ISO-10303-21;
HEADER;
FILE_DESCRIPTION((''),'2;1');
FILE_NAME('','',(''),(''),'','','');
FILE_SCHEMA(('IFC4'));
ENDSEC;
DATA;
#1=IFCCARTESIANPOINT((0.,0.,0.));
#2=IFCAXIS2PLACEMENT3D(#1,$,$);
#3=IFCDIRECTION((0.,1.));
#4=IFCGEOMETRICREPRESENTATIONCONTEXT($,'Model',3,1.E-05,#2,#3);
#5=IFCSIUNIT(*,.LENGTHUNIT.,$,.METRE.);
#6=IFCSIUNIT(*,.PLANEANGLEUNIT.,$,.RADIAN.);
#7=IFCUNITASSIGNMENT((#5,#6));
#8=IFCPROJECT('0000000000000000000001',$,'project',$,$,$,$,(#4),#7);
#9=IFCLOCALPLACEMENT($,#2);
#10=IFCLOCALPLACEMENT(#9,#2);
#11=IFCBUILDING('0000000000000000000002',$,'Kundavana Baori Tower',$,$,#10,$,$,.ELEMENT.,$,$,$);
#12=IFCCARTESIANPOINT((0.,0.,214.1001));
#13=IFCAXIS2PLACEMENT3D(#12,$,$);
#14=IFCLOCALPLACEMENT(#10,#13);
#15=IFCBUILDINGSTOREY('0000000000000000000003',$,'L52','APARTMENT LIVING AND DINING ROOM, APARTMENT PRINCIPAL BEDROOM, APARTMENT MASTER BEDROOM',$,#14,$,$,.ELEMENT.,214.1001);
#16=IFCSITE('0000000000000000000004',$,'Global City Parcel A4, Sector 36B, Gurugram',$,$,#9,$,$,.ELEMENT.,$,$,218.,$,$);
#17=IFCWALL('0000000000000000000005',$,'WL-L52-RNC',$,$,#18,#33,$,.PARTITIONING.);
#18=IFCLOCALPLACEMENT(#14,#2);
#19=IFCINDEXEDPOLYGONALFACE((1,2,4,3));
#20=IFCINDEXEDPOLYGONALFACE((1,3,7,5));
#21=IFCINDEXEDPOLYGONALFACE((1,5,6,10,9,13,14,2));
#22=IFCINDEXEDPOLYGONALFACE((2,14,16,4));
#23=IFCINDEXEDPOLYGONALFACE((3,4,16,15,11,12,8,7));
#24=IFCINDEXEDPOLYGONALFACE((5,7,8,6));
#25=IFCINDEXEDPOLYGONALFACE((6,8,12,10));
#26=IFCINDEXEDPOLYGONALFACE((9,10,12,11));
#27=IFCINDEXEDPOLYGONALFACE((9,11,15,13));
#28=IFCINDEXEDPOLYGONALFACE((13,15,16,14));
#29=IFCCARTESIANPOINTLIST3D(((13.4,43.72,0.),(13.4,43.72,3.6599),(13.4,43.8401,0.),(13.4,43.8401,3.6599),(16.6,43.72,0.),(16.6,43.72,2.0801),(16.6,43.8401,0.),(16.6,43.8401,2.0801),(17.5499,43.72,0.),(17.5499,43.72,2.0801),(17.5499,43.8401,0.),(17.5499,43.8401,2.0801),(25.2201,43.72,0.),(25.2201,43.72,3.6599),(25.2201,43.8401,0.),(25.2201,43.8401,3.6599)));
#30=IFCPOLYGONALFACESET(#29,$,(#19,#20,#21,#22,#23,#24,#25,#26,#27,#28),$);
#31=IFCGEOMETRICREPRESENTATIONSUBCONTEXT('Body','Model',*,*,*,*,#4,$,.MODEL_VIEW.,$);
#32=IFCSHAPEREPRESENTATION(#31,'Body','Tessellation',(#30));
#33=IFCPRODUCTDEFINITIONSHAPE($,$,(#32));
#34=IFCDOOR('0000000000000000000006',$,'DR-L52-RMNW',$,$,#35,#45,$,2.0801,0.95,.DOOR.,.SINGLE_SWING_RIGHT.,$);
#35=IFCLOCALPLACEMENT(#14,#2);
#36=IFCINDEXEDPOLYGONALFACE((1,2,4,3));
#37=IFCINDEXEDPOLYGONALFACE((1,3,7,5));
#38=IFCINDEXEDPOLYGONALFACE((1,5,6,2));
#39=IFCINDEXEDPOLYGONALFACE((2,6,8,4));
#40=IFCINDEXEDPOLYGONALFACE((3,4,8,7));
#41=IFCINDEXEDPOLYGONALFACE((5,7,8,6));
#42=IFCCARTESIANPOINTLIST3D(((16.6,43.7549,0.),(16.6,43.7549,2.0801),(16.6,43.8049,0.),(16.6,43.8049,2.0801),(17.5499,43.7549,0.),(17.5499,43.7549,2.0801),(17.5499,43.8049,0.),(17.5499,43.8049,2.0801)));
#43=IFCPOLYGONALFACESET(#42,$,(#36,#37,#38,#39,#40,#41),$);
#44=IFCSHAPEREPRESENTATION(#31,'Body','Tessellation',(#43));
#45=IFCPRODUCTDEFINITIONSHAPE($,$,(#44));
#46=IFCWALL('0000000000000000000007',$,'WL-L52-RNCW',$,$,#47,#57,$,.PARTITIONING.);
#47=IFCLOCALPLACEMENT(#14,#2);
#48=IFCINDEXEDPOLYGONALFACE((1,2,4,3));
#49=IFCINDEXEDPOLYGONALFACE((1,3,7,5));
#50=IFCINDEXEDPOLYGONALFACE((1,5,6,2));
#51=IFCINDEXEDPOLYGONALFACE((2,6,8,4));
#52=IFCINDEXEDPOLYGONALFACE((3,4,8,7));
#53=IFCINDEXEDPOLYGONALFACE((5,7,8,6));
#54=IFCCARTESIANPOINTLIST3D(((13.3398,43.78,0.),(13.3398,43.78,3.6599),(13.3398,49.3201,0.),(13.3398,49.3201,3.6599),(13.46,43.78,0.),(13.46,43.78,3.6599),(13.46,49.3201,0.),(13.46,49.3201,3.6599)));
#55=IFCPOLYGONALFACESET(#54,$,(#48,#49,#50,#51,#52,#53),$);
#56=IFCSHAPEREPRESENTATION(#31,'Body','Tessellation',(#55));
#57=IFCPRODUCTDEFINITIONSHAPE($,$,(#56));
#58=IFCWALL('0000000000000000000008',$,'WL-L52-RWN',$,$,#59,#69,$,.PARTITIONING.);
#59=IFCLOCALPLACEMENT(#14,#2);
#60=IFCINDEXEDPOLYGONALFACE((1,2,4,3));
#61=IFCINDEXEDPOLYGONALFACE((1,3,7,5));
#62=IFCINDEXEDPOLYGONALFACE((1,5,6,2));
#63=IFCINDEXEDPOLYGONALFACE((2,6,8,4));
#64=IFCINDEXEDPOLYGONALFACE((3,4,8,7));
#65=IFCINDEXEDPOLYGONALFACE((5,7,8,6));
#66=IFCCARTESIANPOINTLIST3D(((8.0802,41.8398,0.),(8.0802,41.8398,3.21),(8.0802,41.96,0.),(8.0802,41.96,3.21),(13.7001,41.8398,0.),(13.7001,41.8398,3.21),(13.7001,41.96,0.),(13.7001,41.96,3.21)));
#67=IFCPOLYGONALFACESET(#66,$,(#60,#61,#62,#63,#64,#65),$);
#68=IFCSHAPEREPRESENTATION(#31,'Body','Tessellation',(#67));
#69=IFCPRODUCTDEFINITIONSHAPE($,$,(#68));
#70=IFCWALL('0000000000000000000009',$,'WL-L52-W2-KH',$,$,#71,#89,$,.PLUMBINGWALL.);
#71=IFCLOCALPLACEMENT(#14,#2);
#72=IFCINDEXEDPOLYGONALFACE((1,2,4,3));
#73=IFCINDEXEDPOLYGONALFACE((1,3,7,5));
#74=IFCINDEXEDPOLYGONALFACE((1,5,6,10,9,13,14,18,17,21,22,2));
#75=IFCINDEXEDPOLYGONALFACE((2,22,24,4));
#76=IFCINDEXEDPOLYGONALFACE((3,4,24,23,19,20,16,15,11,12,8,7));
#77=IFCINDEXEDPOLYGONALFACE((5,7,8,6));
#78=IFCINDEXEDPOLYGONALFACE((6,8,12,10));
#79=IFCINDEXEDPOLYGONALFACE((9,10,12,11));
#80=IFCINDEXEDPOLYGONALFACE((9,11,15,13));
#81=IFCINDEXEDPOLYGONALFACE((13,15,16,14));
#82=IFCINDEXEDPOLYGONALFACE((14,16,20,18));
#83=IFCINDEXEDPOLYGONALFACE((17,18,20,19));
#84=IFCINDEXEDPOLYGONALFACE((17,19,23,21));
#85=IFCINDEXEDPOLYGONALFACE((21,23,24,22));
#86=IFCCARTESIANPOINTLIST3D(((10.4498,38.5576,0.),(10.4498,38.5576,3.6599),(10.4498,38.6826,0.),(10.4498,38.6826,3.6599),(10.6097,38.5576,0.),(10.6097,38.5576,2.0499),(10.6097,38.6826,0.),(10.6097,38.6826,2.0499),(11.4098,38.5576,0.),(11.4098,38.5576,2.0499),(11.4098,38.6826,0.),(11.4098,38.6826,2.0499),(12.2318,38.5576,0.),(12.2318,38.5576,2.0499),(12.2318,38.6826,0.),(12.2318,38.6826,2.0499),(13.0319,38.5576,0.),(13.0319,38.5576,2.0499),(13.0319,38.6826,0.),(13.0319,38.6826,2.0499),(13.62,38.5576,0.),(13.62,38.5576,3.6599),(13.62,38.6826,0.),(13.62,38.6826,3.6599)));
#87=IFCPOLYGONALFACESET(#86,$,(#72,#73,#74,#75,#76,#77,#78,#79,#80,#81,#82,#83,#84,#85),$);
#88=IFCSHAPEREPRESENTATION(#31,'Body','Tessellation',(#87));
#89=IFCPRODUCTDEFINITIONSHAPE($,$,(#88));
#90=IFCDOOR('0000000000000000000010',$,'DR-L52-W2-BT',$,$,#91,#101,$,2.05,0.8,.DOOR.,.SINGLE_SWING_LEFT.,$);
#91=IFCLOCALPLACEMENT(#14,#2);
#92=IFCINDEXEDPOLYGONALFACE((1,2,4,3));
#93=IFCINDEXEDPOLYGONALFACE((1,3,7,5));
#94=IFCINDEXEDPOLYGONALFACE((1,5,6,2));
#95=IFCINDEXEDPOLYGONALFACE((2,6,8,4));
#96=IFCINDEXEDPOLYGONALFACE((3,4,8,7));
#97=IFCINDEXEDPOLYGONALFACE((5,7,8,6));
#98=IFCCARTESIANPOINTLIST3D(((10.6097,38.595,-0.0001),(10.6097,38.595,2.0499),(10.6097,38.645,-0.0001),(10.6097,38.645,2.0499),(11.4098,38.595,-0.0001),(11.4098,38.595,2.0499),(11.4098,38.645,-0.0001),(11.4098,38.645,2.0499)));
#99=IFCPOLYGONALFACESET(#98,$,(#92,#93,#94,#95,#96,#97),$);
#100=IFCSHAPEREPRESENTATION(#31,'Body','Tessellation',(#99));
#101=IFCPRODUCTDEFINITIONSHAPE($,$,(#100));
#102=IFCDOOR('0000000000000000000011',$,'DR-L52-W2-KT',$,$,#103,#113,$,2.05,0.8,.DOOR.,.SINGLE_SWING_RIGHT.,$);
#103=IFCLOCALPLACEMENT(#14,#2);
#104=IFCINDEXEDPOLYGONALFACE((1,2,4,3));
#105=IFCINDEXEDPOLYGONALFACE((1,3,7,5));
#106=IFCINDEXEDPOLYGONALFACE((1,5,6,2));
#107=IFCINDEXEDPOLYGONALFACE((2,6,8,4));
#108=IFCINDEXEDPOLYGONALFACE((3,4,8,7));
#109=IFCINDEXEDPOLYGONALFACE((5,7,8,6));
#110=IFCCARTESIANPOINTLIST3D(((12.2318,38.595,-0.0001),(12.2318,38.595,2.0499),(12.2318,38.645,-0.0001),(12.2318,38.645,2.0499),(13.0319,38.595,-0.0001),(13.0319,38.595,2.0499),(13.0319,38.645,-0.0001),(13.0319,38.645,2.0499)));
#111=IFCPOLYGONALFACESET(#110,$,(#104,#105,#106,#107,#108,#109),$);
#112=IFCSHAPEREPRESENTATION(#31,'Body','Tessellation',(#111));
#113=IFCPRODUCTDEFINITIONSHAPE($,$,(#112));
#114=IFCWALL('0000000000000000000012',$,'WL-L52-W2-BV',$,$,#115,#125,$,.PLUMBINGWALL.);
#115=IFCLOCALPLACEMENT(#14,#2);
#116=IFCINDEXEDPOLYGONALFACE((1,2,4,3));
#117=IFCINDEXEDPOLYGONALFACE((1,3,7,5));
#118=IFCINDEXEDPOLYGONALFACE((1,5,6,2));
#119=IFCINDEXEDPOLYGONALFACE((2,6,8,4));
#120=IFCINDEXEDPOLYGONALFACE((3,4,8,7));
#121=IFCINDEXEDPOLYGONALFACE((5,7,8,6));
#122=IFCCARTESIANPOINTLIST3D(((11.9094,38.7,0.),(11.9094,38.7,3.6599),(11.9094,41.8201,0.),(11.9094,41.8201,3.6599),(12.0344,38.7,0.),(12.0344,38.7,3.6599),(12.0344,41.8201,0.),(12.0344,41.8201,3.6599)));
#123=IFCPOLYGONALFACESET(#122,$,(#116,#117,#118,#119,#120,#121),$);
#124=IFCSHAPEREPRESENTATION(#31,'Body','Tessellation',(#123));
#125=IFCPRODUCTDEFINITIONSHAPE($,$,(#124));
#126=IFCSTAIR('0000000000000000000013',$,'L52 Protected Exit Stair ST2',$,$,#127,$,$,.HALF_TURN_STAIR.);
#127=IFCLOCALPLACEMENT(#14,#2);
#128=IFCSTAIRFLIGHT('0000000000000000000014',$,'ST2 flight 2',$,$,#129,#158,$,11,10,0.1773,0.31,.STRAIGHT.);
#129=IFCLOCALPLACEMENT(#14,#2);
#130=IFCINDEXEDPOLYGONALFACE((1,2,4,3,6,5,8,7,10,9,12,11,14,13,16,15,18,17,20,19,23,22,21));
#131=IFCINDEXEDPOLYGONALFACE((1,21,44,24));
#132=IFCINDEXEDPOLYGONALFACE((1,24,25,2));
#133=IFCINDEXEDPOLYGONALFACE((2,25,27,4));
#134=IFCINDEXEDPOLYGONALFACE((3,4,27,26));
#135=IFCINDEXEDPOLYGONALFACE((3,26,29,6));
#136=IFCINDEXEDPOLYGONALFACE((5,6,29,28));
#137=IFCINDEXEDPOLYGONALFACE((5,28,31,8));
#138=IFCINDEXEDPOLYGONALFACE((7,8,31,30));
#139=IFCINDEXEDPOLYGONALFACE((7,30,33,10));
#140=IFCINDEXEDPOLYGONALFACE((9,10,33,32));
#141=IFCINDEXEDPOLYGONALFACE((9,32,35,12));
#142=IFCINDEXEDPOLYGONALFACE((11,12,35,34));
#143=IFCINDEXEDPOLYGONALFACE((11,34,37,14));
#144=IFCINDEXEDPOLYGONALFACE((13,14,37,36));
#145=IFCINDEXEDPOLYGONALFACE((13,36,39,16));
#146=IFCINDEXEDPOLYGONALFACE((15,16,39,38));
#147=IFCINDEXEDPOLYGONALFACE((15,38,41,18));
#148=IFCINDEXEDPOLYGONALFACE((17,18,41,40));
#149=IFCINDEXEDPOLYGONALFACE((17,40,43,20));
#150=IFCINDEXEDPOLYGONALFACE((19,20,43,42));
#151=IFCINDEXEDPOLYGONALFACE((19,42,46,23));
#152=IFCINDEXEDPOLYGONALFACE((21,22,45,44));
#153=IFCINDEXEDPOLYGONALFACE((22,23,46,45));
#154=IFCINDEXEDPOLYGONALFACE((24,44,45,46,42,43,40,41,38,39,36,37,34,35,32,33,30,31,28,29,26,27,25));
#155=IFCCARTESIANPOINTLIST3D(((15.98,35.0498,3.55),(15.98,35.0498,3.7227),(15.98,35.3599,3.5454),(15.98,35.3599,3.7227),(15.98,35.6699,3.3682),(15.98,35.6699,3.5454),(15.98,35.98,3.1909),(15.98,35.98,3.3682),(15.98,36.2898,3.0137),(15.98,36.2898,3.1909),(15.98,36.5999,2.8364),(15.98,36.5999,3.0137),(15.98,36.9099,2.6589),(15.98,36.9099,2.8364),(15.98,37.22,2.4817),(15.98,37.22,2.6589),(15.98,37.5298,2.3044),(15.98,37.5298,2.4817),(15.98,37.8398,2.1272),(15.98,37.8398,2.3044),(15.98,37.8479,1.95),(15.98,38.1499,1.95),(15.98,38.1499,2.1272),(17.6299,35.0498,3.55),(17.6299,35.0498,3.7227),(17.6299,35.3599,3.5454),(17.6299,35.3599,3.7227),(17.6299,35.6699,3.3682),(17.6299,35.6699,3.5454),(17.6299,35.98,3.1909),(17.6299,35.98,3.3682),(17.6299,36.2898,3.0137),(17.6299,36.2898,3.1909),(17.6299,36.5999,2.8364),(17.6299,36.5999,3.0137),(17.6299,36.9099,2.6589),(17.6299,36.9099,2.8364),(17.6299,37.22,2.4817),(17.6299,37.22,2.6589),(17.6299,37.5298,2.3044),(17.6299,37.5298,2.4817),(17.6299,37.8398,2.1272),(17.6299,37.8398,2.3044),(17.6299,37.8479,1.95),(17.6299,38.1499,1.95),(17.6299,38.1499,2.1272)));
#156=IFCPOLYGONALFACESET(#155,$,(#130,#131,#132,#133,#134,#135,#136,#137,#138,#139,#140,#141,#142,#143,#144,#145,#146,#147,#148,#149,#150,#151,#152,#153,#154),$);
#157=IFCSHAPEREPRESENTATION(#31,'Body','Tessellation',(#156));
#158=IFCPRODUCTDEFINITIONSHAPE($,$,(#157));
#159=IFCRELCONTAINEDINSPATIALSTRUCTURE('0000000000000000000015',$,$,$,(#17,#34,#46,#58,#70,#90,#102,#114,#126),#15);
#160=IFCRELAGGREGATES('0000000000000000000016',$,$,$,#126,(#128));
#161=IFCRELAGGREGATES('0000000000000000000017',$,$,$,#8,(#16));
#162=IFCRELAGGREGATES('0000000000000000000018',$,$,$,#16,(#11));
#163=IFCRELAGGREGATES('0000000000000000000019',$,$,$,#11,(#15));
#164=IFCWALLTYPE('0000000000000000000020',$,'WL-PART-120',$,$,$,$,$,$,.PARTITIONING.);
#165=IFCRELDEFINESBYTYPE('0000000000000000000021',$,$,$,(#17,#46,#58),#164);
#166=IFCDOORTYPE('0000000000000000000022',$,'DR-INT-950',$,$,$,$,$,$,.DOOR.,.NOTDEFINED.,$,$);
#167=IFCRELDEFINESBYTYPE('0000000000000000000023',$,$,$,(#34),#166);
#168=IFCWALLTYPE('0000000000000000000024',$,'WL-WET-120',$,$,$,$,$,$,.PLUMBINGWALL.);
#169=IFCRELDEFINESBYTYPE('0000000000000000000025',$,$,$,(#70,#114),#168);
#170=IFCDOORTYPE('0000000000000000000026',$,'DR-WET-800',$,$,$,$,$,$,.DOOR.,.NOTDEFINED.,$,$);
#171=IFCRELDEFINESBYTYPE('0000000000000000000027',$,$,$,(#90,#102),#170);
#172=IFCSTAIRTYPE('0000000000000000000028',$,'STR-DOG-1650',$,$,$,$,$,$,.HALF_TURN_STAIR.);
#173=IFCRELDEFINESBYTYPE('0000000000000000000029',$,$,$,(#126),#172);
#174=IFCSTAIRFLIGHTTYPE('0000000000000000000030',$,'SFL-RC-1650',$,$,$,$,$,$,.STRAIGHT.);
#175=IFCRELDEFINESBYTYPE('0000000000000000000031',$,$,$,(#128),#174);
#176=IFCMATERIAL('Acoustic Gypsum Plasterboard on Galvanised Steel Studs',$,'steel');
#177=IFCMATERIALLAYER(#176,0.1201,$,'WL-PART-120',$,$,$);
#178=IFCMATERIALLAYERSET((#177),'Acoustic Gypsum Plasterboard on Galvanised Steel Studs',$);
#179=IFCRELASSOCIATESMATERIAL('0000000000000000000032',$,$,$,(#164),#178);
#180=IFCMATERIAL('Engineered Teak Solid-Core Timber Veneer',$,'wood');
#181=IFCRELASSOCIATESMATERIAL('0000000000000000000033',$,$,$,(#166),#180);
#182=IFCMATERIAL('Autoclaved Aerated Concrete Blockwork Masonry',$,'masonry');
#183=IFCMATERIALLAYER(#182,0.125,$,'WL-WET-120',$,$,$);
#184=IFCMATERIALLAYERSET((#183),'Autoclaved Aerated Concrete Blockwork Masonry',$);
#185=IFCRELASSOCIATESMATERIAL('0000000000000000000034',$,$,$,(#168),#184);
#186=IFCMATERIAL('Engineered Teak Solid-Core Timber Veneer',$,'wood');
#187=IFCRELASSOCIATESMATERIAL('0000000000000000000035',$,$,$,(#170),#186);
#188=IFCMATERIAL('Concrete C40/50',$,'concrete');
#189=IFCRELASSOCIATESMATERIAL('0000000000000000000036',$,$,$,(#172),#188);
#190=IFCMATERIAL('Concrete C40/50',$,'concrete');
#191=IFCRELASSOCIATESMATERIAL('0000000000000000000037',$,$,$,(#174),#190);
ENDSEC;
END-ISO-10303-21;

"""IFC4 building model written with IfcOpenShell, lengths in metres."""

from ifc_helpers import new_model, si_unit, direction, frame, frame_2d, origin, place, context, subcontext, project, spatial, polyline, rectangle, outline, extrude, material, layer, layer_set, type_object, element, fill, aggregate, save


model = new_model("IFC4")

# Units and contexts
model_context = context("Model", 3, precision=1e-05, world=origin(), true_north=direction((0.0, 1.0)))
body_context = subcontext(model_context, "Body", "Model", "MODEL_VIEW")
ifc_project = project(units=[si_unit("LENGTHUNIT", "METRE"), si_unit("PLANEANGLEUNIT", "RADIAN")], contexts=[model_context])

# Site, building, storey
site_placement = place(None, origin())
site = spatial("IfcSite", under=ifc_project, at=site_placement, Name="Global City Parcel A4, Sector 36B, Gurugram", CompositionType="ELEMENT", RefElevation=218.0)
building_placement = place(site_placement, origin())
building = spatial("IfcBuilding", under=site, at=building_placement, Name="Kundavana Baori Tower", CompositionType="ELEMENT")
storey_placement = place(building_placement, frame((0.0, 0.0, 214.1001)))
storey = spatial("IfcBuildingStorey", under=building, at=storey_placement, Name="L52", Description="APARTMENT LIVING AND DINING ROOM, APARTMENT PRINCIPAL BEDROOM, APARTMENT MASTER BEDROOM", CompositionType="ELEMENT", Elevation=214.1001)

# Wall, opening, door
ifc_material_1 = material(Name="Acoustic Gypsum Plasterboard on Galvanised Steel Studs", Category="steel")
ifc_layer_1 = layer(ifc_material_1, 0.1201, Name="WL-PART-120")
ifc_layer_set_1 = layer_set([ifc_layer_1], Name="Acoustic Gypsum Plasterboard on Galvanised Steel Studs")
wall_type_1 = type_object("IfcWallType", Name="WL-PART-120", PredefinedType="PARTITIONING", material=ifc_layer_set_1)
wall_1_placement = place(storey_placement, frame((13.3999, 43.78, 0.0), z_axis=(0.0, 0.0, 1.0), x_axis=(1.0, 0.0, 0.0)))
wall_1 = element("IfcWall", 1, at=wall_1_placement, inside=storey, type_object=wall_type_1, Name="WL-L52-RNC", PredefinedType="PARTITIONING", context=body_context, shape_type="SweptSolid", body=[
    extrude(rectangle(XDim=11.8201, YDim=0.1201, at=frame_2d((5.9102, 0.0))), origin(), (0.0, 0.0, 1.0), 3.6599),
])
opening_1_placement = place(wall_1_placement, frame((3.2, 0.0, 0.0)))
opening_1 = element("IfcOpeningElement", 2, at=opening_1_placement, cuts=wall_1, PredefinedType="OPENING", context=body_context, shape_type="SweptSolid", body=[
    extrude(rectangle(XDim=0.95, YDim=2.0801, at=frame_2d((0.4751, 1.04))), frame((0.0, 0.0701, 0.0), z_axis=(0.0, -1.0, 0.0), x_axis=(1.0, 0.0, 0.0)), (0.0, 0.0, 1.0), 0.1401),
])
ifc_material_2 = material(Name="Engineered Teak Solid-Core Timber Veneer", Category="wood")
door_type_1 = type_object("IfcDoorType", Name="DR-INT-950", OperationType="NOTDEFINED", PredefinedType="DOOR", material=ifc_material_2)
door_1_placement = place(opening_1_placement, origin())
door_1 = element("IfcDoor", 3, at=door_1_placement, inside=storey, type_object=door_type_1, Name="DR-L52-RMNW", OperationType="SINGLE_SWING_RIGHT", OverallHeight=2.0801, OverallWidth=0.95, PredefinedType="DOOR", context=body_context, shape_type="SweptSolid", body=[
    extrude(rectangle(XDim=0.95, YDim=2.0801, at=frame_2d((0.4751, 1.04))), frame((0.0, 0.0249, 0.0), z_axis=(0.0, -1.0, 0.0), x_axis=(1.0, 0.0, 0.0)), (0.0, 0.0, 1.0), 0.05),
])
fill(opening_1, door_1)

# Walls
wall_2_placement = place(storey_placement, frame((13.3999, 43.78, 0.0), z_axis=(0.0, 0.0, 1.0), x_axis=(0.0, 1.0, 0.0)))
element("IfcWall", 4, at=wall_2_placement, inside=storey, type_object=wall_type_1, Name="WL-L52-RNCW", PredefinedType="PARTITIONING", context=body_context, shape_type="SweptSolid", body=[
    extrude(rectangle(XDim=5.54, YDim=0.1201, at=frame_2d((2.77, 0.0))), origin(), (0.0, 0.0, 1.0), 3.6599),
])
wall_3_placement = place(storey_placement, frame((8.0801, 41.8999, 0.0), z_axis=(0.0, 0.0, 1.0), x_axis=(1.0, 0.0, 0.0)))
element("IfcWall", 5, at=wall_3_placement, inside=storey, type_object=wall_type_1, Name="WL-L52-RWN", PredefinedType="PARTITIONING", context=body_context, shape_type="SweptSolid", body=[
    extrude(rectangle(XDim=5.6199, YDim=0.1201, at=frame_2d((2.8101, 0.0))), origin(), (0.0, 0.0, 1.0), 3.21),
])

# Wall, openings, doors
ifc_material_3 = material(Name="Autoclaved Aerated Concrete Blockwork Masonry", Category="masonry")
ifc_layer_2 = layer(ifc_material_3, 0.125, Name="WL-WET-120")
ifc_layer_set_2 = layer_set([ifc_layer_2], Name="Autoclaved Aerated Concrete Blockwork Masonry")
wall_type_2 = type_object("IfcWallType", Name="WL-WET-120", PredefinedType="PLUMBINGWALL", material=ifc_layer_set_2)
wall_4_placement = place(storey_placement, frame((10.45, 38.6201, 0.0), z_axis=(0.0, 0.0, 1.0), x_axis=(1.0, 0.0, 0.0)))
wall_4 = element("IfcWall", 6, at=wall_4_placement, inside=storey, type_object=wall_type_2, Name="WL-L52-W2-KH", PredefinedType="PLUMBINGWALL", context=body_context, shape_type="SweptSolid", body=[
    extrude(rectangle(XDim=3.1702, YDim=0.125, at=frame_2d((1.585, 0.0))), origin(), (0.0, 0.0, 1.0), 3.6599),
])
opening_2_placement = place(wall_4_placement, frame((0.1599, 0.0, 0.0)))
opening_2 = element("IfcOpeningElement", 7, at=opening_2_placement, cuts=wall_4, PredefinedType="OPENING", context=body_context, shape_type="SweptSolid", body=[
    extrude(rectangle(XDim=0.8, YDim=2.05, at=frame_2d((0.3999, 1.0249))), frame((0.0, 0.0725, 0.0), z_axis=(0.0, -1.0, 0.0), x_axis=(1.0, 0.0, 0.0)), (0.0, 0.0, 1.0), 0.145),
])
opening_3_placement = place(wall_4_placement, frame((1.782, 0.0, 0.0)))
opening_3 = element("IfcOpeningElement", 8, at=opening_3_placement, cuts=wall_4, PredefinedType="OPENING", context=body_context, shape_type="SweptSolid", body=[
    extrude(rectangle(XDim=0.8, YDim=2.05, at=frame_2d((0.3999, 1.0249))), frame((0.0, 0.0725, 0.0), z_axis=(0.0, -1.0, 0.0), x_axis=(1.0, 0.0, 0.0)), (0.0, 0.0, 1.0), 0.145),
])
ifc_material_4 = material(Name="Engineered Teak Solid-Core Timber Veneer", Category="wood")
door_type_2 = type_object("IfcDoorType", Name="DR-WET-800", OperationType="NOTDEFINED", PredefinedType="DOOR", material=ifc_material_4)
door_2_placement = place(opening_2_placement, origin())
door_2 = element("IfcDoor", 9, at=door_2_placement, inside=storey, type_object=door_type_2, Name="DR-L52-W2-BT", OperationType="SINGLE_SWING_LEFT", OverallHeight=2.05, OverallWidth=0.8, PredefinedType="DOOR", context=body_context, shape_type="SweptSolid", body=[
    extrude(rectangle(XDim=0.8, YDim=2.05, at=frame_2d((0.3999, 1.0249))), frame((0.0, 0.0249, 0.0), z_axis=(0.0, -1.0, 0.0), x_axis=(1.0, 0.0, 0.0)), (0.0, 0.0, 1.0), 0.05),
])
fill(opening_2, door_2)
door_3_placement = place(opening_3_placement, origin())
door_3 = element("IfcDoor", 10, at=door_3_placement, inside=storey, type_object=door_type_2, Name="DR-L52-W2-KT", OperationType="SINGLE_SWING_RIGHT", OverallHeight=2.05, OverallWidth=0.8, PredefinedType="DOOR", context=body_context, shape_type="SweptSolid", body=[
    extrude(rectangle(XDim=0.8, YDim=2.05, at=frame_2d((0.3999, 1.0249))), frame((0.0, 0.0249, 0.0), z_axis=(0.0, -1.0, 0.0), x_axis=(1.0, 0.0, 0.0)), (0.0, 0.0, 1.0), 0.05),
])
fill(opening_3, door_3)

# Wall
wall_5_placement = place(storey_placement, frame((11.9719, 38.7, 0.0), z_axis=(0.0, 0.0, 1.0), x_axis=(0.0, 1.0, 0.0)))
element("IfcWall", 11, at=wall_5_placement, inside=storey, type_object=wall_type_2, Name="WL-L52-W2-BV", PredefinedType="PLUMBINGWALL", context=body_context, shape_type="SweptSolid", body=[
    extrude(rectangle(XDim=3.1201, YDim=0.125, at=frame_2d((1.5601, 0.0))), origin(), (0.0, 0.0, 1.0), 3.6599),
])

# Stair, stair flight
ifc_material_5 = material(Name="Concrete C40/50", Category="concrete")
stair_type = type_object("IfcStairType", Name="STR-DOG-1650", PredefinedType="HALF_TURN_STAIR", material=ifc_material_5)
stair_placement = place(storey_placement, origin())
stair = element("IfcStair", 12, at=stair_placement, inside=storey, type_object=stair_type, Name="L52 Protected Exit Stair ST2", PredefinedType="HALF_TURN_STAIR")
ifc_material_6 = material(Name="Concrete C40/50", Category="concrete")
stair_flight_type = type_object("IfcStairFlightType", Name="SFL-RC-1650", PredefinedType="STRAIGHT", material=ifc_material_6)
stair_flight_placement = place(storey_placement, frame((16.8049, 38.1499, 1.95), z_axis=(0.0, 0.0, 1.0), x_axis=(0.0, -1.0, 0.0)))
stair_flight = element("IfcStairFlight", 13, at=stair_flight_placement, type_object=stair_flight_type, Name="ST2 flight 2", NumberOfRisers=11, NumberOfTreads=10, PredefinedType="STRAIGHT", RiserHeight=0.1773, TreadLength=0.31, context=body_context, shape_type="SweptSolid", body=[
    extrude(outline(polyline([(0.0, 0.0), (0.0, 0.1772), (0.3101, 0.1772), (0.3101, 0.3545), (0.6201, 0.3545), (0.6201, 0.5317), (0.9299, 0.5317), (0.9299, 0.709), (1.24, 0.709), (1.24, 0.8865), (1.55, 0.8865), (1.55, 1.0637), (1.8601, 1.0637), (1.8601, 1.241), (2.1699, 1.241), (2.1699, 1.4182), (2.48, 1.4182), (2.48, 1.5955), (2.79, 1.5955), (2.79, 1.7727), (3.1001, 1.7727), (3.1001, 1.95), (3.1001, 1.6001), (0.302, 0.0), (0.0, 0.0)])), frame((0.0, 0.825, 0.0), z_axis=(0.0, -1.0, 0.0), x_axis=(1.0, 0.0, 0.0)), (0.0, 0.0, 1.0), 1.6499),
])
aggregate(stair, [stair_flight])

save(model, "model.ifc")
